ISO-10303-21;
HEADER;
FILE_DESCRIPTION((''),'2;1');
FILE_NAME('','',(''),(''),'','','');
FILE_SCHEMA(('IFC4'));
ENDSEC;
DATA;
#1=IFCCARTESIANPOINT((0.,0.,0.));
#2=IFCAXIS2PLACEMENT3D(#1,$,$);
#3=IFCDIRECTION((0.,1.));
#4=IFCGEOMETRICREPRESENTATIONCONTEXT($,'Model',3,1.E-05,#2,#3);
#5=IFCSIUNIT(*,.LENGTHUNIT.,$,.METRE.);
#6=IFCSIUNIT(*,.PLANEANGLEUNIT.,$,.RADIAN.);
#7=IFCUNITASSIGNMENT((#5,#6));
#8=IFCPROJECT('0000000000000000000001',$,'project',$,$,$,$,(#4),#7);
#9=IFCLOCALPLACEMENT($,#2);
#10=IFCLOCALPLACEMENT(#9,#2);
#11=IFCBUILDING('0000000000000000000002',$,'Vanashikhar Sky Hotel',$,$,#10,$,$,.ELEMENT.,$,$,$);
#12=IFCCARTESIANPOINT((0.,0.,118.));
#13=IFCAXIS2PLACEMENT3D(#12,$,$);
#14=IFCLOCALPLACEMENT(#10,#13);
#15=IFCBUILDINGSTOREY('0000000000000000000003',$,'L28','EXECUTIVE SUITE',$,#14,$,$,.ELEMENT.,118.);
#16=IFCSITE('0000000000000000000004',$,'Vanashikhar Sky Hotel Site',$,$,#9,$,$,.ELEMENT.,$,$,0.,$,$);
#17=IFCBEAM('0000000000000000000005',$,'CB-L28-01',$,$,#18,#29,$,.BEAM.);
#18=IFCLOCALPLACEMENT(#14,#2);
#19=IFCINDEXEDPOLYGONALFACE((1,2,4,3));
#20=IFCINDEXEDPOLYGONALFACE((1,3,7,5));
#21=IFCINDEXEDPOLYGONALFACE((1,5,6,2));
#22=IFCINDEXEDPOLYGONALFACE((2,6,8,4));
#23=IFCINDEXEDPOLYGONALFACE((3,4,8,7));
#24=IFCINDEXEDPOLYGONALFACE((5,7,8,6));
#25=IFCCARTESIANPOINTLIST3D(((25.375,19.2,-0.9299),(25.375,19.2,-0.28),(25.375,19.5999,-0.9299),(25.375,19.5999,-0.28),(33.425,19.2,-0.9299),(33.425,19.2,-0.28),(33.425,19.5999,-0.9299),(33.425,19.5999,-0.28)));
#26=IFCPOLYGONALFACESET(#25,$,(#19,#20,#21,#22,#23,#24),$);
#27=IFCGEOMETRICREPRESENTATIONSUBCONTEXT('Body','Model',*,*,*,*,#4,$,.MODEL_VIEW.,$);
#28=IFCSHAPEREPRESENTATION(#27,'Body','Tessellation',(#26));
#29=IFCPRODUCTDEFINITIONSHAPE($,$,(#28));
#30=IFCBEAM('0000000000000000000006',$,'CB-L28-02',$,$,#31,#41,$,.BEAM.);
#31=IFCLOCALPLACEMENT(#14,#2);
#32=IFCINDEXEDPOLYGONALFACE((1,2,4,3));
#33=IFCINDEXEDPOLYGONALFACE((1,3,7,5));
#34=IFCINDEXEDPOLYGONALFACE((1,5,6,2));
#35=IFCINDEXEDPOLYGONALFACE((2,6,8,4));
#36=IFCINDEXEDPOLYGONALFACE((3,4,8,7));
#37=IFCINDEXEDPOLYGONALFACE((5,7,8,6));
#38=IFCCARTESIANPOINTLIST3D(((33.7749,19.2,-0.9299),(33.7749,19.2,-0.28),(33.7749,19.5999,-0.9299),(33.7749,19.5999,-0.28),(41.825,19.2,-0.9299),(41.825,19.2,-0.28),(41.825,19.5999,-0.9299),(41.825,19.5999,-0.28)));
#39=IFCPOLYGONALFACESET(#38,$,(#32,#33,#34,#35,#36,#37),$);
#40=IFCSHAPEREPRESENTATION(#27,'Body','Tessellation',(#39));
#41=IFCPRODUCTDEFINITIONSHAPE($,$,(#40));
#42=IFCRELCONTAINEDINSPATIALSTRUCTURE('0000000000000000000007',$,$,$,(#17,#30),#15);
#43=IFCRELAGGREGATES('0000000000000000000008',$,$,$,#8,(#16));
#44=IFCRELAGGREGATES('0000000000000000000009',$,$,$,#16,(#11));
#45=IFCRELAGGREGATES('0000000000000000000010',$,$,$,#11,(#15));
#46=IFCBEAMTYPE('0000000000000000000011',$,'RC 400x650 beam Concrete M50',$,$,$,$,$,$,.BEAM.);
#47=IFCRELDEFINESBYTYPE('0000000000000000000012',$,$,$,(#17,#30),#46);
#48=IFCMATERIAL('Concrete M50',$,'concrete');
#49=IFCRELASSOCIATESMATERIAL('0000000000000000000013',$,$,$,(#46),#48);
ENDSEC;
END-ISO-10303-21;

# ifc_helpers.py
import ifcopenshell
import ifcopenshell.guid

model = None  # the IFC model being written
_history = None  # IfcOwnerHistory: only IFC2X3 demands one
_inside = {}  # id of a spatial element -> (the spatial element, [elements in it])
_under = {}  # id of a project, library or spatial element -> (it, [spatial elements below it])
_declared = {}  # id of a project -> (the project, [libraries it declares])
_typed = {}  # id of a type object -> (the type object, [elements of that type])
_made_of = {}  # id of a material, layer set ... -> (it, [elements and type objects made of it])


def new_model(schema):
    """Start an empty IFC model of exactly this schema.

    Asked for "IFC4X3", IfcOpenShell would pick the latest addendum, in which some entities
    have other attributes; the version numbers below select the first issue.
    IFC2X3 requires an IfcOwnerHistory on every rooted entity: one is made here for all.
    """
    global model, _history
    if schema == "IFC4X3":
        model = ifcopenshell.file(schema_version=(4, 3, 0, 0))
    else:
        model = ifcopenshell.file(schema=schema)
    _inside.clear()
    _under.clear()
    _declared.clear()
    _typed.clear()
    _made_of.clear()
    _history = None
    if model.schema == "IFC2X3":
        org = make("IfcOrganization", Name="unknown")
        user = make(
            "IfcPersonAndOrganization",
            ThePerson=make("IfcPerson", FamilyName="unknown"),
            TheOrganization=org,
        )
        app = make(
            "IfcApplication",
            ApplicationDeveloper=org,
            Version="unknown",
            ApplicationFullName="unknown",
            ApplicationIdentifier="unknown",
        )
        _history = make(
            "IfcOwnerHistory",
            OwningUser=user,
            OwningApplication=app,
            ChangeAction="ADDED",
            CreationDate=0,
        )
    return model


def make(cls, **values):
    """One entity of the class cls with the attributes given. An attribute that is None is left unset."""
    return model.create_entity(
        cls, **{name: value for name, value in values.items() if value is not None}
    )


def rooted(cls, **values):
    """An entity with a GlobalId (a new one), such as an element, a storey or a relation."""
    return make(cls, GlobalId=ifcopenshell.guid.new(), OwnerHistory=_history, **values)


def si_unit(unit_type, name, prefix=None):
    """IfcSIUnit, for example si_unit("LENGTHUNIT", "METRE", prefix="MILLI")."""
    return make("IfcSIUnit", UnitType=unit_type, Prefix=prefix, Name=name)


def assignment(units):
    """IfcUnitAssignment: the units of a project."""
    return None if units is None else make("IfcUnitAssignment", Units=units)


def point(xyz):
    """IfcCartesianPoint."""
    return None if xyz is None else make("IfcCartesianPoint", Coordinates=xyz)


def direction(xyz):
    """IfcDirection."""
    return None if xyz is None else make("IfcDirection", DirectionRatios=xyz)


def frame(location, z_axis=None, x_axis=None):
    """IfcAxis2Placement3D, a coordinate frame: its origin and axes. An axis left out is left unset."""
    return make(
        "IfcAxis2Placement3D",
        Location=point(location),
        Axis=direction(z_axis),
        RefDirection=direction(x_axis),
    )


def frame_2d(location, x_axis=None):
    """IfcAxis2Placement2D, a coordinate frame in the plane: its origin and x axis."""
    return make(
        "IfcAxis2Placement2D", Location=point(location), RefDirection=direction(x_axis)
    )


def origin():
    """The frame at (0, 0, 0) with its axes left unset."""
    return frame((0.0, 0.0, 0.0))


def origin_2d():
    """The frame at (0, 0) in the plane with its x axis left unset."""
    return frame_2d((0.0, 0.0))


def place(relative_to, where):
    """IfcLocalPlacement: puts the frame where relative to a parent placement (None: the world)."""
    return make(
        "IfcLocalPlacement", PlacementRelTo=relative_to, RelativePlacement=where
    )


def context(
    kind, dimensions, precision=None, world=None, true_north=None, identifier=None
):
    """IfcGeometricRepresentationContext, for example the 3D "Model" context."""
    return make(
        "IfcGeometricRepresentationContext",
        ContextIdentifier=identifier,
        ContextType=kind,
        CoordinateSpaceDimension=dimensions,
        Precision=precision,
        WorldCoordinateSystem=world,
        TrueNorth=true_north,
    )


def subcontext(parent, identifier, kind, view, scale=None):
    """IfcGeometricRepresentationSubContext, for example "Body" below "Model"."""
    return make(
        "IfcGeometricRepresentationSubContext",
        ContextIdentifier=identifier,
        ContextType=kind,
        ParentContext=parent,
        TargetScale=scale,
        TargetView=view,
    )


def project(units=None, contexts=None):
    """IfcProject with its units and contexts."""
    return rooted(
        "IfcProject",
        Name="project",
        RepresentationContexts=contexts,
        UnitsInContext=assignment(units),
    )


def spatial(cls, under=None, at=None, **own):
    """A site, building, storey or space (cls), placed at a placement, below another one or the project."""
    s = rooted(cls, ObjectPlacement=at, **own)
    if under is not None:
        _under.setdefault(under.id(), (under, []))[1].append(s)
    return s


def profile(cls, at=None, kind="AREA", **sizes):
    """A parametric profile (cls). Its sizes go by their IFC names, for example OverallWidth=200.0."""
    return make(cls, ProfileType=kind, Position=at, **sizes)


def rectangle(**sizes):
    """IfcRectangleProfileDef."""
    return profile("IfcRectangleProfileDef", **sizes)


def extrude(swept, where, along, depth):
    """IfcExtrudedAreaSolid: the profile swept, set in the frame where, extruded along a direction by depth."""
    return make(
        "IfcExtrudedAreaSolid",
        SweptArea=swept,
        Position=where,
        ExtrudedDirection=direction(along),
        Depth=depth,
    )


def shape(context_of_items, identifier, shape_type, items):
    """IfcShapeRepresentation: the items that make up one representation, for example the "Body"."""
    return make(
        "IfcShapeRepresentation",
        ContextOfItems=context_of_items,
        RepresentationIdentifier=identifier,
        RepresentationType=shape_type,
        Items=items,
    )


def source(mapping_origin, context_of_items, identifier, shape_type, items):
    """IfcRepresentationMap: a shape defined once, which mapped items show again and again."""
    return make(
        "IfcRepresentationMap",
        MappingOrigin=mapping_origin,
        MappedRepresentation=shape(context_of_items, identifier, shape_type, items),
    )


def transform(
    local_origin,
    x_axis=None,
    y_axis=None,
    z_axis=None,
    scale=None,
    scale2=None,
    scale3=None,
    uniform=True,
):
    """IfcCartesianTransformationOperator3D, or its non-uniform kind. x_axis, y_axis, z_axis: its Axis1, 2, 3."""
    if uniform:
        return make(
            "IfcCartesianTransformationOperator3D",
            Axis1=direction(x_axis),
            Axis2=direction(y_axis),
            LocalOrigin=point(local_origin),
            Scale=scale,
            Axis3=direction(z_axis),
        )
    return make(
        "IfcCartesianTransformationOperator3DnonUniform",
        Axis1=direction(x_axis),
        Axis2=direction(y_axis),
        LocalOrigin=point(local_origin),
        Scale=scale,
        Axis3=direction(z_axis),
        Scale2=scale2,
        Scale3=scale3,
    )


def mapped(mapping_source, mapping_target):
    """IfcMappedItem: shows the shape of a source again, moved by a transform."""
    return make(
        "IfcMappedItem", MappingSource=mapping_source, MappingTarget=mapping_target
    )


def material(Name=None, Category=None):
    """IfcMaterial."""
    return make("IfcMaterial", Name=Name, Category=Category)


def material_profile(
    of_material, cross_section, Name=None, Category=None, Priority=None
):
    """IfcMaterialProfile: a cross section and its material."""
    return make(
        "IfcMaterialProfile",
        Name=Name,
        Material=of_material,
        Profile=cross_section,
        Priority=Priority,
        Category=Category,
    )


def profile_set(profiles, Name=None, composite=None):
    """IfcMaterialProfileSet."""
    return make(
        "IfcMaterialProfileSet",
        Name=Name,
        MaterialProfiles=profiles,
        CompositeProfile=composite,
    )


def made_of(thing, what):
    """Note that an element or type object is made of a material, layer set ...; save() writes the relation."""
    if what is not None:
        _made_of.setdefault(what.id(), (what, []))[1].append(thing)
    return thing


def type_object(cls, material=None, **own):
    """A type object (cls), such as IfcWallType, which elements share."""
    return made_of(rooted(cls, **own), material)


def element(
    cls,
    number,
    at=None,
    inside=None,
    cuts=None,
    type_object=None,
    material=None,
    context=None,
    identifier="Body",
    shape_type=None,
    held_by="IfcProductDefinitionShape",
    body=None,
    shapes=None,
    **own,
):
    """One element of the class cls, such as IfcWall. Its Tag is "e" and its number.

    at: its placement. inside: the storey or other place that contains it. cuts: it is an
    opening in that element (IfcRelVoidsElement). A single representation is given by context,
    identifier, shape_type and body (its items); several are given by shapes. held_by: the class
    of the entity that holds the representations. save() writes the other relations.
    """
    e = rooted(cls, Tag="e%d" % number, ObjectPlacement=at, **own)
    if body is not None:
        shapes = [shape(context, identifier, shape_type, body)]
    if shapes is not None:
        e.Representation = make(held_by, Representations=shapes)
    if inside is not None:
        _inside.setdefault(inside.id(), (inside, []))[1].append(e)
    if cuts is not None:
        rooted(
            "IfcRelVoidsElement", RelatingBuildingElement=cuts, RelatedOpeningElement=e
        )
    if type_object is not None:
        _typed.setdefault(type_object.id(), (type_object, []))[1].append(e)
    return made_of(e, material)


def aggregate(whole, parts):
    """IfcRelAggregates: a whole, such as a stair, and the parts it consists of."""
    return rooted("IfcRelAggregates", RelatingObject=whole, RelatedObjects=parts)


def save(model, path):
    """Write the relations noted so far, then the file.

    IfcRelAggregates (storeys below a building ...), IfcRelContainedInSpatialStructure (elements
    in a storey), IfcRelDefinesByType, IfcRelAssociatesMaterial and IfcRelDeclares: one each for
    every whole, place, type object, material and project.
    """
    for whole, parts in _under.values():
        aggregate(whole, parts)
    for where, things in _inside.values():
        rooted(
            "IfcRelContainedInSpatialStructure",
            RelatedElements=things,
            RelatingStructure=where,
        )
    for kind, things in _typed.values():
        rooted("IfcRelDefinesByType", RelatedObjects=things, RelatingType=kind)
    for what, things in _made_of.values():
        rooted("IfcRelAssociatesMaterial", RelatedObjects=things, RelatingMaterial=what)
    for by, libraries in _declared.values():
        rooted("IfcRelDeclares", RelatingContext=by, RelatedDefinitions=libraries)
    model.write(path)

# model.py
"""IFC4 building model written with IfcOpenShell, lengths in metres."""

from ifc_helpers import new_model, si_unit, direction, frame, origin, origin_2d, place, context, subcontext, project, spatial, rectangle, extrude, source, transform, mapped, material, material_profile, profile_set, type_object, element, save


model = new_model("IFC4")

# Units and contexts
model_context = context("Model", 3, precision=1e-05, world=origin(), true_north=direction((0.0, 1.0)))
body_context = subcontext(model_context, "Body", "Model", "MODEL_VIEW")
ifc_project = project(units=[si_unit("LENGTHUNIT", "METRE"), si_unit("PLANEANGLEUNIT", "RADIAN")], contexts=[model_context])

# Site, building, storey
site_placement = place(None, origin())
site = spatial("IfcSite", under=ifc_project, at=site_placement, Name="Vanashikhar Sky Hotel Site", CompositionType="ELEMENT", RefElevation=0.0)
building_placement = place(site_placement, origin())
building = spatial("IfcBuilding", under=site, at=building_placement, Name="Vanashikhar Sky Hotel", CompositionType="ELEMENT")
storey_placement = place(building_placement, frame((0.0, 0.0, 118.0)))
storey = spatial("IfcBuildingStorey", under=building, at=storey_placement, Name="L28", Description="EXECUTIVE SUITE", CompositionType="ELEMENT", Elevation=118.0)

# Beams
ifc_material_1 = material(Name="Concrete M50", Category="concrete")
ifc_material_profile = material_profile(ifc_material_1, rectangle(XDim=0.3999, YDim=0.6499, at=origin_2d()))
ifc_profile_set = profile_set([ifc_material_profile], Name="RC 400x650 beam Concrete M50")
beam_type = type_object("IfcBeamType", Name="RC 400x650 beam Concrete M50", PredefinedType="BEAM", material=ifc_profile_set)
shared_shape_1 = source(origin(), body_context, "Body", "SweptSolid", [
    extrude(rectangle(XDim=0.3999, YDim=0.6499, at=origin_2d()), origin(), (0.0, 0.0, 1.0), 8.05),
])
for number, where, z_axis, x_axis, name in (
    (1, (25.375, 19.3999, -0.605), (1.0, 0.0, 0.0), (0.0, 1.0, 0.0), "CB-L28-01"),
    (2, (33.7749, 19.3999, -0.605), (1.0, 0.0, 0.0), (0.0, 1.0, 0.0), "CB-L28-02"),
):
    element("IfcBeam", number, at=place(storey_placement, frame(where, z_axis=z_axis, x_axis=x_axis)), inside=storey, type_object=beam_type, Name=name, PredefinedType="BEAM", context=body_context, shape_type="MappedRepresentation", body=[
        mapped(shared_shape_1, transform((0.0, 0.0, 0.0), scale=1.0)),
    ])

save(model, "model.ifc")
